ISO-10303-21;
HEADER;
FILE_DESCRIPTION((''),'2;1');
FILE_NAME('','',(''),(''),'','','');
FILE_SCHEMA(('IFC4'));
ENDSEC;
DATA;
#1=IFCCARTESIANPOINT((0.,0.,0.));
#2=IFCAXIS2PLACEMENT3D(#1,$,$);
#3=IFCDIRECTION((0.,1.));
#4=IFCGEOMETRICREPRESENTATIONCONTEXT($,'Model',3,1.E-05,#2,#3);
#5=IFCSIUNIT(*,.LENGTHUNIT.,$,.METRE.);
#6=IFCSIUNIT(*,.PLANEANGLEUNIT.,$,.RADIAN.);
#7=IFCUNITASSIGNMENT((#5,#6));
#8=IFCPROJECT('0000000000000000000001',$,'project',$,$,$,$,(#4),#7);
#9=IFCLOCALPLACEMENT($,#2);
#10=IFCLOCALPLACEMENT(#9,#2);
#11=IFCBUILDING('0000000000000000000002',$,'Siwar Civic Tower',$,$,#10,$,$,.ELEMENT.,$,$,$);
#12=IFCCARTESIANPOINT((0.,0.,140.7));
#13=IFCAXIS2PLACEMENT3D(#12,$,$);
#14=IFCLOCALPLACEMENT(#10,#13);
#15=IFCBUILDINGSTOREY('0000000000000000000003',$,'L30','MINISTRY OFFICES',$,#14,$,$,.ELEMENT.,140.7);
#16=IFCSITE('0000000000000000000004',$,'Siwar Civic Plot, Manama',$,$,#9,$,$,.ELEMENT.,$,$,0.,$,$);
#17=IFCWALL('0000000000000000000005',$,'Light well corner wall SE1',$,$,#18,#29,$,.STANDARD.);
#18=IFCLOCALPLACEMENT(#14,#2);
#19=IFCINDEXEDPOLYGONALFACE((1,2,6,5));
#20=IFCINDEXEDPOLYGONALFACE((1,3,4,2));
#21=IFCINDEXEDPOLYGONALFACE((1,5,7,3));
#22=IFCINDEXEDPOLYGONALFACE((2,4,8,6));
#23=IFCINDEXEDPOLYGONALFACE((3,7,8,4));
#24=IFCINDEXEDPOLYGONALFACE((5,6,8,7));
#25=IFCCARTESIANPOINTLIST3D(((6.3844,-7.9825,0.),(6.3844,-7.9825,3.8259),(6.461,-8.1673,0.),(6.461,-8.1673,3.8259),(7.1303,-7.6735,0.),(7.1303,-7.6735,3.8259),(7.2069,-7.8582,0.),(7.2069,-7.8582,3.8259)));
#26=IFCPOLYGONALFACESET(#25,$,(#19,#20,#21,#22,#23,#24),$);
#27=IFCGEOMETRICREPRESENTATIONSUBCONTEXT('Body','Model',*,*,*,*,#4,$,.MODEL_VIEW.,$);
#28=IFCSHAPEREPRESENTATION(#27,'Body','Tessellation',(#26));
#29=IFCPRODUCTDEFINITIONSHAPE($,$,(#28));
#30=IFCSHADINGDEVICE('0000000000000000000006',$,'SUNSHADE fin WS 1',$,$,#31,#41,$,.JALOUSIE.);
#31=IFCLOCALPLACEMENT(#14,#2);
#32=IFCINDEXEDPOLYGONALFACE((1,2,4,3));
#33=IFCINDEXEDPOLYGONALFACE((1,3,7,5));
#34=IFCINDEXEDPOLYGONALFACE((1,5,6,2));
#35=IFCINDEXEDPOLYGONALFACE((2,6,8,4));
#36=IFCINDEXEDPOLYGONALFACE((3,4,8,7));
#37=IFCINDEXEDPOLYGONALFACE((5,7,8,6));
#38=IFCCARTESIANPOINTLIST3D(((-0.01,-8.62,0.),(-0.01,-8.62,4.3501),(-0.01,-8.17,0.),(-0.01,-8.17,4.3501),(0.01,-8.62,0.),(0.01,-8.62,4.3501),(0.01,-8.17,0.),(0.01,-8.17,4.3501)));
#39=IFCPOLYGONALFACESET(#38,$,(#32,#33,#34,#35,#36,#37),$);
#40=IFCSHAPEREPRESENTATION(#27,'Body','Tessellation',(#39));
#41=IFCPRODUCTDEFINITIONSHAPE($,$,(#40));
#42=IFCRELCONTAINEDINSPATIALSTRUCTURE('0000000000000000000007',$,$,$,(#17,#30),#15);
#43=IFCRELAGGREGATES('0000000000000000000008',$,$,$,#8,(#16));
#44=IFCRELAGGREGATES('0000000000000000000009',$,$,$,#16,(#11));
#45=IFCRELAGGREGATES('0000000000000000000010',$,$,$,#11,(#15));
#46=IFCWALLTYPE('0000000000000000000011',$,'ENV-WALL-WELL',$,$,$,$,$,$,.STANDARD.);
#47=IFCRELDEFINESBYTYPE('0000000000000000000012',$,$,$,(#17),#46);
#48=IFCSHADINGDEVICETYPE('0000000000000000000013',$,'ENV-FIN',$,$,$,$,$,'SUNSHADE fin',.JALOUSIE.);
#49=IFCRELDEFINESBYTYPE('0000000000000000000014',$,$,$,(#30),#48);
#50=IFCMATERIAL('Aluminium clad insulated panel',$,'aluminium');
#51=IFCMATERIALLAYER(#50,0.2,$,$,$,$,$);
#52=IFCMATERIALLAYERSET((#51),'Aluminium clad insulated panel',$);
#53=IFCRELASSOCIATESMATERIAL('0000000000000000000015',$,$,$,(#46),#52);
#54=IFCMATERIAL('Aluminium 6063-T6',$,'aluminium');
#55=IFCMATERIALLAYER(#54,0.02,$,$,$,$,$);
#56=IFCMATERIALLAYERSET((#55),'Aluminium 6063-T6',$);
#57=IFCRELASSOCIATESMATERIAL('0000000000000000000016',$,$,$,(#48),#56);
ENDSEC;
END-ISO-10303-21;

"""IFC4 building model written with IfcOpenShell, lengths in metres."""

from ifc_helpers import new_model, si_unit, direction, frame, frame_2d, origin, origin_2d, place, context, subcontext, project, spatial, rectangle, extrude, material, layer, layer_set, type_object, element, save


model = new_model("IFC4")

# Units and contexts
model_context = context("Model", 3, precision=1e-05, world=origin(), true_north=direction((0.0, 1.0)))
body_context = subcontext(model_context, "Body", "Model", "MODEL_VIEW")
ifc_project = project(units=[si_unit("LENGTHUNIT", "METRE"), si_unit("PLANEANGLEUNIT", "RADIAN")], contexts=[model_context])

# Site, building, storey
site_placement = place(None, origin())
site = spatial("IfcSite", under=ifc_project, at=site_placement, Name="Siwar Civic Plot, Manama", CompositionType="ELEMENT", RefElevation=0.0)
building_placement = place(site_placement, origin())
building = spatial("IfcBuilding", under=site, at=building_placement, Name="Siwar Civic Tower", CompositionType="ELEMENT")
storey_placement = place(building_placement, frame((0.0, 0.0, 140.7)))
storey = spatial("IfcBuildingStorey", under=building, at=storey_placement, Name="L30", Description="MINISTRY OFFICES", CompositionType="ELEMENT", Elevation=140.7)

# Wall
ifc_material_1 = material(Name="Aluminium clad insulated panel", Category="aluminium")
ifc_layer_1 = layer(ifc_material_1, 0.2)
ifc_layer_set_1 = layer_set([ifc_layer_1], Name="Aluminium clad insulated panel")
wall_type = type_object("IfcWallType", Name="ENV-WALL-WELL", PredefinedType="STANDARD", material=ifc_layer_set_1)
wall_placement = place(storey_placement, frame((6.4226, -8.075, 0.0), z_axis=(0.0, 0.0, 1.0), x_axis=(0.923818, 0.382833, 0.0)))
element("IfcWall", 1, at=wall_placement, inside=storey, type_object=wall_type, Name="Light well corner wall SE1", PredefinedType="STANDARD", context=body_context, shape_type="SweptSolid", body=[
    extrude(rectangle(XDim=0.8074, YDim=0.2, at=frame_2d((0.4038, 0.0))), origin(), (0.0, 0.0, 1.0), 3.8259),
])

# Shading device
ifc_material_2 = material(Name="Aluminium 6063-T6", Category="aluminium")
ifc_layer_2 = layer(ifc_material_2, 0.02)
ifc_layer_set_2 = layer_set([ifc_layer_2], Name="Aluminium 6063-T6")
shading_device_type = type_object("IfcShadingDeviceType", Name="ENV-FIN", ElementType="SUNSHADE fin", PredefinedType="JALOUSIE", material=ifc_layer_set_2)
shading_device_placement = place(storey_placement, frame((0.0, -8.395, 0.0), z_axis=(0.0, 0.0, 1.0), x_axis=(1.0, 0.0, 0.0)))
element("IfcShadingDevice", 2, at=shading_device_placement, inside=storey, type_object=shading_device_type, Name="SUNSHADE fin WS 1", PredefinedType="JALOUSIE", context=body_context, shape_type="SweptSolid", body=[
    extrude(rectangle(XDim=0.02, YDim=0.45, at=origin_2d()), origin(), (0.0, 0.0, 1.0), 4.3501),
])

save(model, "model.ifc")
